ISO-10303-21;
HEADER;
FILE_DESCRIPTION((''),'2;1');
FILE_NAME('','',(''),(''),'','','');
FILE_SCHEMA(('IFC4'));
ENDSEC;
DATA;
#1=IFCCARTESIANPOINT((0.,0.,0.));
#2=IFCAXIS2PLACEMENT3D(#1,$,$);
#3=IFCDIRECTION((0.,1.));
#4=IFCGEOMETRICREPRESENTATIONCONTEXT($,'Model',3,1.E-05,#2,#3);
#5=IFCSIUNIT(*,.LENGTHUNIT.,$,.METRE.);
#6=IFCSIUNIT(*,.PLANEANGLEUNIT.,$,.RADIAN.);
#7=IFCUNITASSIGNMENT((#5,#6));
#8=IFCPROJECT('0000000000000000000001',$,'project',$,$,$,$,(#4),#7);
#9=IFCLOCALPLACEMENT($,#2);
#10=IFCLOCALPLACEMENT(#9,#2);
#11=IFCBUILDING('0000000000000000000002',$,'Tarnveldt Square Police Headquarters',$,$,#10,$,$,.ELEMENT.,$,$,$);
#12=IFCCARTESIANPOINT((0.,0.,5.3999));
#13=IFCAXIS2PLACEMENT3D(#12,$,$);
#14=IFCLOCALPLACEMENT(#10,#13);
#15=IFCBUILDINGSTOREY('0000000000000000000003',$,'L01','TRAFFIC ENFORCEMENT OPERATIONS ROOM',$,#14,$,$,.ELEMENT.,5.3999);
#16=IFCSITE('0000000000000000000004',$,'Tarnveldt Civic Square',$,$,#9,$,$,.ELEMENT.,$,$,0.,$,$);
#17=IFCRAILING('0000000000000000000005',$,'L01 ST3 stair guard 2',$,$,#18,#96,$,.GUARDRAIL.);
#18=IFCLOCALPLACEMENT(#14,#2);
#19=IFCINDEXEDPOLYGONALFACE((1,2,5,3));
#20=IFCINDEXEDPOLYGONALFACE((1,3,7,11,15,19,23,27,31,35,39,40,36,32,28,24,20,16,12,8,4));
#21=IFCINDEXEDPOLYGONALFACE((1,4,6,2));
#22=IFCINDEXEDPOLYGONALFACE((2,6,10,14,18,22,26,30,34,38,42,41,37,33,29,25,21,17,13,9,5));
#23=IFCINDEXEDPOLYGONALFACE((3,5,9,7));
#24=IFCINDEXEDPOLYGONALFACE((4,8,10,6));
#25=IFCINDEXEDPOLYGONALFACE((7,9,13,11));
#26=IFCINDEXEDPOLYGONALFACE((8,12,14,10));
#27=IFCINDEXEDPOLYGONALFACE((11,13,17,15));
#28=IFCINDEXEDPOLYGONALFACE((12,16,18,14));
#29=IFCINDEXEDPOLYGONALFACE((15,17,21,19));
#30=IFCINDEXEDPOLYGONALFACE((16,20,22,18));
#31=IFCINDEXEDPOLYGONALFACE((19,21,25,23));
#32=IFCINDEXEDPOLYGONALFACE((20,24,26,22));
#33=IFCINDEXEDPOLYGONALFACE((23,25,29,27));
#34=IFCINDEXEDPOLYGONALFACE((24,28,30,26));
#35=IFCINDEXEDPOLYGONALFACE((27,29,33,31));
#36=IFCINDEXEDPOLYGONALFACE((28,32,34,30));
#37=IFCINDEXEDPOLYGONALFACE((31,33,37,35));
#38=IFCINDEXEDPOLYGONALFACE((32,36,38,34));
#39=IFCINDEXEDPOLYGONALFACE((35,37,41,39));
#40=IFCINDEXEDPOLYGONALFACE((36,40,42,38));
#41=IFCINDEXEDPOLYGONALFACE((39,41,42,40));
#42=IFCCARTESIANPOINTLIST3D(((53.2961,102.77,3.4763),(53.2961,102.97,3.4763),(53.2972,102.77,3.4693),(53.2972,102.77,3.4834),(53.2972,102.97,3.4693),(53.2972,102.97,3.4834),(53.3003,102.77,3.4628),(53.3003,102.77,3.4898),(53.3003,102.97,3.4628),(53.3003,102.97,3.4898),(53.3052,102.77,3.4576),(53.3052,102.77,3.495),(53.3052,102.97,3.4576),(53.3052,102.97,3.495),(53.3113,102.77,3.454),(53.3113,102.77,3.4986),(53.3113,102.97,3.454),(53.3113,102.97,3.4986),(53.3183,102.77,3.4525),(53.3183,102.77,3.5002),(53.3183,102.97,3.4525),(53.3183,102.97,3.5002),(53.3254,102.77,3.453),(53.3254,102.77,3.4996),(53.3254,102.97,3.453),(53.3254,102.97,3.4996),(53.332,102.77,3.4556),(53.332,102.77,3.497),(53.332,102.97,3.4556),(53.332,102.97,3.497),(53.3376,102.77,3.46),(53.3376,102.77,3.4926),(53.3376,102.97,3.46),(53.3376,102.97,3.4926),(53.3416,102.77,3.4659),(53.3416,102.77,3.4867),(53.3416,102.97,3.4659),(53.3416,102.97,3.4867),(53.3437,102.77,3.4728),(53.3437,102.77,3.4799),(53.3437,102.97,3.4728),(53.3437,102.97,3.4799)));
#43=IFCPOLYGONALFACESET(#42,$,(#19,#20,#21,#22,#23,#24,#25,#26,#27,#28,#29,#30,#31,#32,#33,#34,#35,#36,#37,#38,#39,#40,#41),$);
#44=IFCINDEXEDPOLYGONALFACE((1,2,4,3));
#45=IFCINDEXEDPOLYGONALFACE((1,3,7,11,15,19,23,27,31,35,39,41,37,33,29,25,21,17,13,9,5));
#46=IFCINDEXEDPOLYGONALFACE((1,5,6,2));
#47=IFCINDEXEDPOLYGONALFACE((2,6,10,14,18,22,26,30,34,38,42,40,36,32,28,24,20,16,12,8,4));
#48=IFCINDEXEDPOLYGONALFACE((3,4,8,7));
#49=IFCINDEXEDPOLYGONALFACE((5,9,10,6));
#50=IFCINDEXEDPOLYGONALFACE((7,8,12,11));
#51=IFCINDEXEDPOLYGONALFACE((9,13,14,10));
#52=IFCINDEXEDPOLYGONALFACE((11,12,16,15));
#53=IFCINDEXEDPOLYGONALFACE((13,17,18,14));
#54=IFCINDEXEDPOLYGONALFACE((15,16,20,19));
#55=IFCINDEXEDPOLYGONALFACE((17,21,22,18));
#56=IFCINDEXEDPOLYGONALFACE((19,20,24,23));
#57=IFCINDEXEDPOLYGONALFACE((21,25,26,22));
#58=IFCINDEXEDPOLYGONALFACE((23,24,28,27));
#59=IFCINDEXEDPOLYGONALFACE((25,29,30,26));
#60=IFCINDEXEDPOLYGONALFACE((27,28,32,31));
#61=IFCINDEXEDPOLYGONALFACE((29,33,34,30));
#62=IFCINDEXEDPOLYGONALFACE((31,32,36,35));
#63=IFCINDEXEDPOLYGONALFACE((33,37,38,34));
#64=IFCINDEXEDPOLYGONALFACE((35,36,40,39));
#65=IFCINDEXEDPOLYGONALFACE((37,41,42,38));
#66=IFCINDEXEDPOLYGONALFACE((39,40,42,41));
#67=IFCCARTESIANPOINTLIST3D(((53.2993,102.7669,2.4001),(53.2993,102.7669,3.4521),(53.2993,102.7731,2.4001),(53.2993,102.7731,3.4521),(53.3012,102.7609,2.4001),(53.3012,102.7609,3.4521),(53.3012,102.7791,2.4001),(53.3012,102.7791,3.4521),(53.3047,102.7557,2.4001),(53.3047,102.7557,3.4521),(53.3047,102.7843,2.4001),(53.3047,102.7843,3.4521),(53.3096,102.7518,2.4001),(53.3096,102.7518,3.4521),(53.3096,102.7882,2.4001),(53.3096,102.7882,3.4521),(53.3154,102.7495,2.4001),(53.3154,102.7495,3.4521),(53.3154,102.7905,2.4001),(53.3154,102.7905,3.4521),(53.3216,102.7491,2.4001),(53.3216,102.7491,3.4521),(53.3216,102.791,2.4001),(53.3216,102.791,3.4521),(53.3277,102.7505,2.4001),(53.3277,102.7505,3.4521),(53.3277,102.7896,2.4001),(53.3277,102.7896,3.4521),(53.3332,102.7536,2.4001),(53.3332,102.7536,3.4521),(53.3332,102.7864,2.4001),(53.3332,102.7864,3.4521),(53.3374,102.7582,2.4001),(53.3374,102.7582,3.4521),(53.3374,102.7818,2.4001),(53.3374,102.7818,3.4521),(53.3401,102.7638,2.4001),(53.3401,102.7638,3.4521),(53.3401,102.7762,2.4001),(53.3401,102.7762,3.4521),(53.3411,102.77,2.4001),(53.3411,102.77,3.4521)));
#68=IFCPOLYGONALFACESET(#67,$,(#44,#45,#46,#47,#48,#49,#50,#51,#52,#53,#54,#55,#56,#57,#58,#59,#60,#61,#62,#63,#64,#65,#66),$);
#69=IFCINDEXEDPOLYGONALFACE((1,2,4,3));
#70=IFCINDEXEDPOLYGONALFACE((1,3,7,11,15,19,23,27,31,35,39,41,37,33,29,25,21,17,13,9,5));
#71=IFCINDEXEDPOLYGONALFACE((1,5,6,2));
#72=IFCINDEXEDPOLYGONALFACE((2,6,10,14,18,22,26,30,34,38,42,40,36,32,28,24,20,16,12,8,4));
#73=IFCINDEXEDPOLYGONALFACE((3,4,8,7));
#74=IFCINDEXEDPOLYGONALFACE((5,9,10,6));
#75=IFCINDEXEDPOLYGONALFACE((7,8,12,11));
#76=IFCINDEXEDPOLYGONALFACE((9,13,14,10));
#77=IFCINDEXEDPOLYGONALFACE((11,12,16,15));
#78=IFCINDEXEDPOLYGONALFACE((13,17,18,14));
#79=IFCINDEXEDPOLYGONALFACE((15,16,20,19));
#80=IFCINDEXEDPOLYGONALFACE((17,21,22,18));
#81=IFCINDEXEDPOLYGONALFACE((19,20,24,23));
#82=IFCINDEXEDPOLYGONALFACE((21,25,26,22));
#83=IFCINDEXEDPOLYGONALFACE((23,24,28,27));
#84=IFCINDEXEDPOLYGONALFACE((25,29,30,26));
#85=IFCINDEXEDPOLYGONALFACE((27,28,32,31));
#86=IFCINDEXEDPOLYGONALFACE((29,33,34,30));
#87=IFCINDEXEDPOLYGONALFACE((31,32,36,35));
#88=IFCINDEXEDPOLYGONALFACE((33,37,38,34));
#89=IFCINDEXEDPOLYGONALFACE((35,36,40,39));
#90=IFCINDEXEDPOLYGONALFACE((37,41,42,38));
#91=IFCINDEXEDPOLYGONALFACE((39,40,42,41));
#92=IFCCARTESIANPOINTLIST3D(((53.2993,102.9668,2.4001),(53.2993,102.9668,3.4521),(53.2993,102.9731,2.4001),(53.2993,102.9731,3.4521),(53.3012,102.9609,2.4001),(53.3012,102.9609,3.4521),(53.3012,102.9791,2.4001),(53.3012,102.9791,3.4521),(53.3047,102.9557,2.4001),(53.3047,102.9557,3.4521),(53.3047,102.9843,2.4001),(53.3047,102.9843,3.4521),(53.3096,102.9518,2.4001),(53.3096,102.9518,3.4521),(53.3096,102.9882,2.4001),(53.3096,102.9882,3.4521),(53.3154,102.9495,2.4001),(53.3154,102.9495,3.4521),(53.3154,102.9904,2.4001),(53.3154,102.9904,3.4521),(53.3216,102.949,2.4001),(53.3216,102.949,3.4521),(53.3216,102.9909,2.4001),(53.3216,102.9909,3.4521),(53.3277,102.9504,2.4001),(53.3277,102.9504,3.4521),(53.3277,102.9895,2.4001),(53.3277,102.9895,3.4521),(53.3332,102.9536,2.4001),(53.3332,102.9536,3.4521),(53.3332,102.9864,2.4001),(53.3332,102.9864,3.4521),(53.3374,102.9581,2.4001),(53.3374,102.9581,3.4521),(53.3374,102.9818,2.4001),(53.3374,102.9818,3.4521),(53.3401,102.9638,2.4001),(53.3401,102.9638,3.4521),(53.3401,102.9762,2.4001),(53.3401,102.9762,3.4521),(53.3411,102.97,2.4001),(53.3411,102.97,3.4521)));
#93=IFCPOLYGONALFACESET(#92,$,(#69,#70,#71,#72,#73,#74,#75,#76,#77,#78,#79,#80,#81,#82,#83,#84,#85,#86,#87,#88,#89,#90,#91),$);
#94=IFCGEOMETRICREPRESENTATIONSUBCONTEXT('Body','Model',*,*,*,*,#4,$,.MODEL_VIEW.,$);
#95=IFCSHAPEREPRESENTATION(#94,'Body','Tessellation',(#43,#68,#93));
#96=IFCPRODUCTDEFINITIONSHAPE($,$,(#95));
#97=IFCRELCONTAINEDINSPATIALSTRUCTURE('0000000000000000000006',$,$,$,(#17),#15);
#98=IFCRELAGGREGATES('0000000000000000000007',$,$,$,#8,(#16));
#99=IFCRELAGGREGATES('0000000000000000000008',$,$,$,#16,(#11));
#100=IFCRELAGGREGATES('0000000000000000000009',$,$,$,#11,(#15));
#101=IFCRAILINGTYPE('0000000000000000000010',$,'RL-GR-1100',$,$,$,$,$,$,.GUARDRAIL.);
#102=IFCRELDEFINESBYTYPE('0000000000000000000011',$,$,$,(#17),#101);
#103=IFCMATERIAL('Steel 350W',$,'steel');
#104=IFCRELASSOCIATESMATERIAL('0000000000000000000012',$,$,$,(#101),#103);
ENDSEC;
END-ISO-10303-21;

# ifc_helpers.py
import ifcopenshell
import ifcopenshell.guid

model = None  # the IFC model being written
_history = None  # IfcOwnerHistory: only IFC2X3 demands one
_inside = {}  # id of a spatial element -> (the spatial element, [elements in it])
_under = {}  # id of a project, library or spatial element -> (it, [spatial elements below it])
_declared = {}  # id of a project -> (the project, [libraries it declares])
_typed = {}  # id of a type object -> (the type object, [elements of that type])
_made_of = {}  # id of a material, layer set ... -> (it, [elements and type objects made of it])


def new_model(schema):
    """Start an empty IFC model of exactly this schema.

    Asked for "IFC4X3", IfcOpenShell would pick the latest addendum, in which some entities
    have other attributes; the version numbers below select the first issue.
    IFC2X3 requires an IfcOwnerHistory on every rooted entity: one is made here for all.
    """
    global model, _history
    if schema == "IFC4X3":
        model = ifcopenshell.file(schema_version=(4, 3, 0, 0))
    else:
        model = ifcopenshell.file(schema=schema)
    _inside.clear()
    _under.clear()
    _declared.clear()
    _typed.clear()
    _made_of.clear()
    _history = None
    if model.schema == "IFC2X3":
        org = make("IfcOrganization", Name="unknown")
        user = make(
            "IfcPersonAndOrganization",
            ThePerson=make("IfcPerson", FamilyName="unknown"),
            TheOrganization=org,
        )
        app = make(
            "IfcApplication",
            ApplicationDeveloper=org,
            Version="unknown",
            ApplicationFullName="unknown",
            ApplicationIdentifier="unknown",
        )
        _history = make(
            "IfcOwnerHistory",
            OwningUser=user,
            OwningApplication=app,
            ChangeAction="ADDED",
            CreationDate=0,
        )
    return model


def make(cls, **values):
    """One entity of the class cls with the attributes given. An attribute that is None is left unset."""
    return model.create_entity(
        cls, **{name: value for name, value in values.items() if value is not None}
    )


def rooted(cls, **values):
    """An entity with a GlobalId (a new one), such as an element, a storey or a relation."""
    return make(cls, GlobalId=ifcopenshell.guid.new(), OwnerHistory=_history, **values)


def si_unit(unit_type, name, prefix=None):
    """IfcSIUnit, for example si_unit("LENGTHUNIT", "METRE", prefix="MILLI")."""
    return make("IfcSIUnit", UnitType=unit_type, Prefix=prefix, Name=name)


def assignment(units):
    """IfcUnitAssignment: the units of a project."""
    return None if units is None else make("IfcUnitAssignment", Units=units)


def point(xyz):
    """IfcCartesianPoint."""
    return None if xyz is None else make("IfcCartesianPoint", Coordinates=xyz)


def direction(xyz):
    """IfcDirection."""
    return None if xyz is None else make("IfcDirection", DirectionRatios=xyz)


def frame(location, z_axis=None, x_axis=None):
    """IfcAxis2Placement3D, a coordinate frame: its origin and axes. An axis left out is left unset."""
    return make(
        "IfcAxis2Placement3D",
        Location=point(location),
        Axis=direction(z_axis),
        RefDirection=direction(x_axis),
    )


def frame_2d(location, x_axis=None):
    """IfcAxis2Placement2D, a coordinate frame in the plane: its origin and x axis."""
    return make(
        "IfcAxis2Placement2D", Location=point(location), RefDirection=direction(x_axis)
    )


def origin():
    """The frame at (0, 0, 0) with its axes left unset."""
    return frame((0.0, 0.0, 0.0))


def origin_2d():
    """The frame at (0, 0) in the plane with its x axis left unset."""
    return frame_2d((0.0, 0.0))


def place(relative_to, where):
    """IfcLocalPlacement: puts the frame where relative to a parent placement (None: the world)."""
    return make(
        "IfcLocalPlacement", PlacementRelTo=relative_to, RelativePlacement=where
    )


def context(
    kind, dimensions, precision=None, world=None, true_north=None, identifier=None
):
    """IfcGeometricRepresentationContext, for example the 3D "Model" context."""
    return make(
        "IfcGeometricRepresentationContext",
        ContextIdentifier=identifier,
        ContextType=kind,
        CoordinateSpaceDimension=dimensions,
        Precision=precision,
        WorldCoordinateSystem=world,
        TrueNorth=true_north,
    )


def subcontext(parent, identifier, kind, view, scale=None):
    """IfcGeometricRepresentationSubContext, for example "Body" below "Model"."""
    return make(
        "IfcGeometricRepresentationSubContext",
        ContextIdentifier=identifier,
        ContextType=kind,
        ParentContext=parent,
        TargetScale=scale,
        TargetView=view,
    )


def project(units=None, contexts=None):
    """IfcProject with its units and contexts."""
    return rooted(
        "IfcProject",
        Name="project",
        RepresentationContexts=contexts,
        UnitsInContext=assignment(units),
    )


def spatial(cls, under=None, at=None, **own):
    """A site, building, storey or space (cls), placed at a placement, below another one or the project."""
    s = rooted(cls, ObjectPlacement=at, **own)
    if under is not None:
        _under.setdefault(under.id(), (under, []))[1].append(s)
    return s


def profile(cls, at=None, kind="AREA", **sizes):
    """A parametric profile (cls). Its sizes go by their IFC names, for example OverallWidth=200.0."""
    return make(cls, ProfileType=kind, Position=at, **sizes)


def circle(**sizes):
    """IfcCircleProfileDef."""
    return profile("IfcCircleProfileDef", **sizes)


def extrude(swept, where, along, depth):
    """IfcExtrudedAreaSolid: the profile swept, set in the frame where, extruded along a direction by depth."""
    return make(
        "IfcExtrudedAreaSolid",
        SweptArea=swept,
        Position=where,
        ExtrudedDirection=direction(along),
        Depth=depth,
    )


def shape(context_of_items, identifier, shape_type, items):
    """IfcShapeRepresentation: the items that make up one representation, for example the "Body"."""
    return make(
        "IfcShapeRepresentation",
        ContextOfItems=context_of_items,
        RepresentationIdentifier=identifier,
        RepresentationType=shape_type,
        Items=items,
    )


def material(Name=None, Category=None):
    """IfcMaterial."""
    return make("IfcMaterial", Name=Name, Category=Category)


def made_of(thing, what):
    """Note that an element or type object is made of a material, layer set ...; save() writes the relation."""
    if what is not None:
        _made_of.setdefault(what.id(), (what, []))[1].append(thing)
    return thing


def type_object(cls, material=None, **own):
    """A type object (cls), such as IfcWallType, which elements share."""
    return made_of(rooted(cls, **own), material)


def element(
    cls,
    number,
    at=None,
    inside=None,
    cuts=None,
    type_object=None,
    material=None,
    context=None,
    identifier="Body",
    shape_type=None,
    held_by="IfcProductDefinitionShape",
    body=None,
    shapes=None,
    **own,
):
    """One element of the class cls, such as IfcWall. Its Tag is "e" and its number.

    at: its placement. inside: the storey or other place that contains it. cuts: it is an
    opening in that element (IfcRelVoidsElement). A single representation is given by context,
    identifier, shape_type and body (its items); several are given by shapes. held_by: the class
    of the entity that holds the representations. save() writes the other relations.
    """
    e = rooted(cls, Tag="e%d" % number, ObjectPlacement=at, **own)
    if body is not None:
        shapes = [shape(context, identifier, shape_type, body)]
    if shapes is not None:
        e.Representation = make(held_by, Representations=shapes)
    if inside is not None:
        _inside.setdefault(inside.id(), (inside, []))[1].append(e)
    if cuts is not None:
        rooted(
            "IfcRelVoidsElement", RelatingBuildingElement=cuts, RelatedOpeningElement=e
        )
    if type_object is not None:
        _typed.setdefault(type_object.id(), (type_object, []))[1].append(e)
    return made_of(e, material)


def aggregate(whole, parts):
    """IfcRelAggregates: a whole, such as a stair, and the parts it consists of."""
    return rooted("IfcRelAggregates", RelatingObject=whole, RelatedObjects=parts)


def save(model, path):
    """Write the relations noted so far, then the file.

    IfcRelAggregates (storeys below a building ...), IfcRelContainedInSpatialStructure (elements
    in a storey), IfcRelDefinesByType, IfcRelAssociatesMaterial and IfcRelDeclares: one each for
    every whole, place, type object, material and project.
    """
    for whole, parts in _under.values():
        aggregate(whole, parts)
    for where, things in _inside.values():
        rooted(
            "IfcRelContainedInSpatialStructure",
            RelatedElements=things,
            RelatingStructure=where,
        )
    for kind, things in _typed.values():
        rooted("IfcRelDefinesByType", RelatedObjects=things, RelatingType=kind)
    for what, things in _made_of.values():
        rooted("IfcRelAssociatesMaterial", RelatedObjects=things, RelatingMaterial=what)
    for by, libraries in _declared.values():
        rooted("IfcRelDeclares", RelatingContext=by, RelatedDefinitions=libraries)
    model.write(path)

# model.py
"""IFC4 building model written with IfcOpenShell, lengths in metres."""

from ifc_helpers import new_model, si_unit, direction, frame, origin, origin_2d, place, context, subcontext, project, spatial, circle, extrude, material, type_object, element, save


model = new_model("IFC4")

# Units and contexts
model_context = context("Model", 3, precision=1e-05, world=origin(), true_north=direction((0.0, 1.0)))
body_context = subcontext(model_context, "Body", "Model", "MODEL_VIEW")
ifc_project = project(units=[si_unit("LENGTHUNIT", "METRE"), si_unit("PLANEANGLEUNIT", "RADIAN")], contexts=[model_context])

# Site, building, storey
site_placement = place(None, origin())
site = spatial("IfcSite", under=ifc_project, at=site_placement, Name="Tarnveldt Civic Square", CompositionType="ELEMENT", RefElevation=0.0)
building_placement = place(site_placement, origin())
building = spatial("IfcBuilding", under=site, at=building_placement, Name="Tarnveldt Square Police Headquarters", CompositionType="ELEMENT")
storey_placement = place(building_placement, frame((0.0, 0.0, 5.3999)))
storey = spatial("IfcBuildingStorey", under=building, at=storey_placement, Name="L01", Description="TRAFFIC ENFORCEMENT OPERATIONS ROOM", CompositionType="ELEMENT", Elevation=5.3999)

# Railing
ifc_material_1 = material(Name="Steel 350W", Category="steel")
railing_type_1 = type_object("IfcRailingType", Name="RL-GR-1100", PredefinedType="GUARDRAIL", material=ifc_material_1)
railing_1_placement = place(storey_placement, frame((53.3201, 102.77, 2.4001)))
element("IfcRailing", 1, at=railing_1_placement, inside=storey, type_object=railing_type_1, Name="L01 ST3 stair guard 2", PredefinedType="GUARDRAIL", context=body_context, shape_type="SweptSolid", body=[
    extrude(circle(Radius=0.0239, at=origin_2d()), frame((0.0, 0.0, 1.0762), z_axis=(0.0, 1.0, 0.0), x_axis=(-1.0, 0.0, 0.0)), (0.0, 0.0, 1.0), 0.2),
    extrude(circle(Radius=0.021, at=origin_2d()), origin(), (0.0, 0.0, 1.0), 1.052),
    extrude(circle(Radius=0.021, at=origin_2d()), frame((0.0, 0.2, 0.0)), (0.0, 0.0, 1.0), 1.052),
])

save(model, "model.ifc")
